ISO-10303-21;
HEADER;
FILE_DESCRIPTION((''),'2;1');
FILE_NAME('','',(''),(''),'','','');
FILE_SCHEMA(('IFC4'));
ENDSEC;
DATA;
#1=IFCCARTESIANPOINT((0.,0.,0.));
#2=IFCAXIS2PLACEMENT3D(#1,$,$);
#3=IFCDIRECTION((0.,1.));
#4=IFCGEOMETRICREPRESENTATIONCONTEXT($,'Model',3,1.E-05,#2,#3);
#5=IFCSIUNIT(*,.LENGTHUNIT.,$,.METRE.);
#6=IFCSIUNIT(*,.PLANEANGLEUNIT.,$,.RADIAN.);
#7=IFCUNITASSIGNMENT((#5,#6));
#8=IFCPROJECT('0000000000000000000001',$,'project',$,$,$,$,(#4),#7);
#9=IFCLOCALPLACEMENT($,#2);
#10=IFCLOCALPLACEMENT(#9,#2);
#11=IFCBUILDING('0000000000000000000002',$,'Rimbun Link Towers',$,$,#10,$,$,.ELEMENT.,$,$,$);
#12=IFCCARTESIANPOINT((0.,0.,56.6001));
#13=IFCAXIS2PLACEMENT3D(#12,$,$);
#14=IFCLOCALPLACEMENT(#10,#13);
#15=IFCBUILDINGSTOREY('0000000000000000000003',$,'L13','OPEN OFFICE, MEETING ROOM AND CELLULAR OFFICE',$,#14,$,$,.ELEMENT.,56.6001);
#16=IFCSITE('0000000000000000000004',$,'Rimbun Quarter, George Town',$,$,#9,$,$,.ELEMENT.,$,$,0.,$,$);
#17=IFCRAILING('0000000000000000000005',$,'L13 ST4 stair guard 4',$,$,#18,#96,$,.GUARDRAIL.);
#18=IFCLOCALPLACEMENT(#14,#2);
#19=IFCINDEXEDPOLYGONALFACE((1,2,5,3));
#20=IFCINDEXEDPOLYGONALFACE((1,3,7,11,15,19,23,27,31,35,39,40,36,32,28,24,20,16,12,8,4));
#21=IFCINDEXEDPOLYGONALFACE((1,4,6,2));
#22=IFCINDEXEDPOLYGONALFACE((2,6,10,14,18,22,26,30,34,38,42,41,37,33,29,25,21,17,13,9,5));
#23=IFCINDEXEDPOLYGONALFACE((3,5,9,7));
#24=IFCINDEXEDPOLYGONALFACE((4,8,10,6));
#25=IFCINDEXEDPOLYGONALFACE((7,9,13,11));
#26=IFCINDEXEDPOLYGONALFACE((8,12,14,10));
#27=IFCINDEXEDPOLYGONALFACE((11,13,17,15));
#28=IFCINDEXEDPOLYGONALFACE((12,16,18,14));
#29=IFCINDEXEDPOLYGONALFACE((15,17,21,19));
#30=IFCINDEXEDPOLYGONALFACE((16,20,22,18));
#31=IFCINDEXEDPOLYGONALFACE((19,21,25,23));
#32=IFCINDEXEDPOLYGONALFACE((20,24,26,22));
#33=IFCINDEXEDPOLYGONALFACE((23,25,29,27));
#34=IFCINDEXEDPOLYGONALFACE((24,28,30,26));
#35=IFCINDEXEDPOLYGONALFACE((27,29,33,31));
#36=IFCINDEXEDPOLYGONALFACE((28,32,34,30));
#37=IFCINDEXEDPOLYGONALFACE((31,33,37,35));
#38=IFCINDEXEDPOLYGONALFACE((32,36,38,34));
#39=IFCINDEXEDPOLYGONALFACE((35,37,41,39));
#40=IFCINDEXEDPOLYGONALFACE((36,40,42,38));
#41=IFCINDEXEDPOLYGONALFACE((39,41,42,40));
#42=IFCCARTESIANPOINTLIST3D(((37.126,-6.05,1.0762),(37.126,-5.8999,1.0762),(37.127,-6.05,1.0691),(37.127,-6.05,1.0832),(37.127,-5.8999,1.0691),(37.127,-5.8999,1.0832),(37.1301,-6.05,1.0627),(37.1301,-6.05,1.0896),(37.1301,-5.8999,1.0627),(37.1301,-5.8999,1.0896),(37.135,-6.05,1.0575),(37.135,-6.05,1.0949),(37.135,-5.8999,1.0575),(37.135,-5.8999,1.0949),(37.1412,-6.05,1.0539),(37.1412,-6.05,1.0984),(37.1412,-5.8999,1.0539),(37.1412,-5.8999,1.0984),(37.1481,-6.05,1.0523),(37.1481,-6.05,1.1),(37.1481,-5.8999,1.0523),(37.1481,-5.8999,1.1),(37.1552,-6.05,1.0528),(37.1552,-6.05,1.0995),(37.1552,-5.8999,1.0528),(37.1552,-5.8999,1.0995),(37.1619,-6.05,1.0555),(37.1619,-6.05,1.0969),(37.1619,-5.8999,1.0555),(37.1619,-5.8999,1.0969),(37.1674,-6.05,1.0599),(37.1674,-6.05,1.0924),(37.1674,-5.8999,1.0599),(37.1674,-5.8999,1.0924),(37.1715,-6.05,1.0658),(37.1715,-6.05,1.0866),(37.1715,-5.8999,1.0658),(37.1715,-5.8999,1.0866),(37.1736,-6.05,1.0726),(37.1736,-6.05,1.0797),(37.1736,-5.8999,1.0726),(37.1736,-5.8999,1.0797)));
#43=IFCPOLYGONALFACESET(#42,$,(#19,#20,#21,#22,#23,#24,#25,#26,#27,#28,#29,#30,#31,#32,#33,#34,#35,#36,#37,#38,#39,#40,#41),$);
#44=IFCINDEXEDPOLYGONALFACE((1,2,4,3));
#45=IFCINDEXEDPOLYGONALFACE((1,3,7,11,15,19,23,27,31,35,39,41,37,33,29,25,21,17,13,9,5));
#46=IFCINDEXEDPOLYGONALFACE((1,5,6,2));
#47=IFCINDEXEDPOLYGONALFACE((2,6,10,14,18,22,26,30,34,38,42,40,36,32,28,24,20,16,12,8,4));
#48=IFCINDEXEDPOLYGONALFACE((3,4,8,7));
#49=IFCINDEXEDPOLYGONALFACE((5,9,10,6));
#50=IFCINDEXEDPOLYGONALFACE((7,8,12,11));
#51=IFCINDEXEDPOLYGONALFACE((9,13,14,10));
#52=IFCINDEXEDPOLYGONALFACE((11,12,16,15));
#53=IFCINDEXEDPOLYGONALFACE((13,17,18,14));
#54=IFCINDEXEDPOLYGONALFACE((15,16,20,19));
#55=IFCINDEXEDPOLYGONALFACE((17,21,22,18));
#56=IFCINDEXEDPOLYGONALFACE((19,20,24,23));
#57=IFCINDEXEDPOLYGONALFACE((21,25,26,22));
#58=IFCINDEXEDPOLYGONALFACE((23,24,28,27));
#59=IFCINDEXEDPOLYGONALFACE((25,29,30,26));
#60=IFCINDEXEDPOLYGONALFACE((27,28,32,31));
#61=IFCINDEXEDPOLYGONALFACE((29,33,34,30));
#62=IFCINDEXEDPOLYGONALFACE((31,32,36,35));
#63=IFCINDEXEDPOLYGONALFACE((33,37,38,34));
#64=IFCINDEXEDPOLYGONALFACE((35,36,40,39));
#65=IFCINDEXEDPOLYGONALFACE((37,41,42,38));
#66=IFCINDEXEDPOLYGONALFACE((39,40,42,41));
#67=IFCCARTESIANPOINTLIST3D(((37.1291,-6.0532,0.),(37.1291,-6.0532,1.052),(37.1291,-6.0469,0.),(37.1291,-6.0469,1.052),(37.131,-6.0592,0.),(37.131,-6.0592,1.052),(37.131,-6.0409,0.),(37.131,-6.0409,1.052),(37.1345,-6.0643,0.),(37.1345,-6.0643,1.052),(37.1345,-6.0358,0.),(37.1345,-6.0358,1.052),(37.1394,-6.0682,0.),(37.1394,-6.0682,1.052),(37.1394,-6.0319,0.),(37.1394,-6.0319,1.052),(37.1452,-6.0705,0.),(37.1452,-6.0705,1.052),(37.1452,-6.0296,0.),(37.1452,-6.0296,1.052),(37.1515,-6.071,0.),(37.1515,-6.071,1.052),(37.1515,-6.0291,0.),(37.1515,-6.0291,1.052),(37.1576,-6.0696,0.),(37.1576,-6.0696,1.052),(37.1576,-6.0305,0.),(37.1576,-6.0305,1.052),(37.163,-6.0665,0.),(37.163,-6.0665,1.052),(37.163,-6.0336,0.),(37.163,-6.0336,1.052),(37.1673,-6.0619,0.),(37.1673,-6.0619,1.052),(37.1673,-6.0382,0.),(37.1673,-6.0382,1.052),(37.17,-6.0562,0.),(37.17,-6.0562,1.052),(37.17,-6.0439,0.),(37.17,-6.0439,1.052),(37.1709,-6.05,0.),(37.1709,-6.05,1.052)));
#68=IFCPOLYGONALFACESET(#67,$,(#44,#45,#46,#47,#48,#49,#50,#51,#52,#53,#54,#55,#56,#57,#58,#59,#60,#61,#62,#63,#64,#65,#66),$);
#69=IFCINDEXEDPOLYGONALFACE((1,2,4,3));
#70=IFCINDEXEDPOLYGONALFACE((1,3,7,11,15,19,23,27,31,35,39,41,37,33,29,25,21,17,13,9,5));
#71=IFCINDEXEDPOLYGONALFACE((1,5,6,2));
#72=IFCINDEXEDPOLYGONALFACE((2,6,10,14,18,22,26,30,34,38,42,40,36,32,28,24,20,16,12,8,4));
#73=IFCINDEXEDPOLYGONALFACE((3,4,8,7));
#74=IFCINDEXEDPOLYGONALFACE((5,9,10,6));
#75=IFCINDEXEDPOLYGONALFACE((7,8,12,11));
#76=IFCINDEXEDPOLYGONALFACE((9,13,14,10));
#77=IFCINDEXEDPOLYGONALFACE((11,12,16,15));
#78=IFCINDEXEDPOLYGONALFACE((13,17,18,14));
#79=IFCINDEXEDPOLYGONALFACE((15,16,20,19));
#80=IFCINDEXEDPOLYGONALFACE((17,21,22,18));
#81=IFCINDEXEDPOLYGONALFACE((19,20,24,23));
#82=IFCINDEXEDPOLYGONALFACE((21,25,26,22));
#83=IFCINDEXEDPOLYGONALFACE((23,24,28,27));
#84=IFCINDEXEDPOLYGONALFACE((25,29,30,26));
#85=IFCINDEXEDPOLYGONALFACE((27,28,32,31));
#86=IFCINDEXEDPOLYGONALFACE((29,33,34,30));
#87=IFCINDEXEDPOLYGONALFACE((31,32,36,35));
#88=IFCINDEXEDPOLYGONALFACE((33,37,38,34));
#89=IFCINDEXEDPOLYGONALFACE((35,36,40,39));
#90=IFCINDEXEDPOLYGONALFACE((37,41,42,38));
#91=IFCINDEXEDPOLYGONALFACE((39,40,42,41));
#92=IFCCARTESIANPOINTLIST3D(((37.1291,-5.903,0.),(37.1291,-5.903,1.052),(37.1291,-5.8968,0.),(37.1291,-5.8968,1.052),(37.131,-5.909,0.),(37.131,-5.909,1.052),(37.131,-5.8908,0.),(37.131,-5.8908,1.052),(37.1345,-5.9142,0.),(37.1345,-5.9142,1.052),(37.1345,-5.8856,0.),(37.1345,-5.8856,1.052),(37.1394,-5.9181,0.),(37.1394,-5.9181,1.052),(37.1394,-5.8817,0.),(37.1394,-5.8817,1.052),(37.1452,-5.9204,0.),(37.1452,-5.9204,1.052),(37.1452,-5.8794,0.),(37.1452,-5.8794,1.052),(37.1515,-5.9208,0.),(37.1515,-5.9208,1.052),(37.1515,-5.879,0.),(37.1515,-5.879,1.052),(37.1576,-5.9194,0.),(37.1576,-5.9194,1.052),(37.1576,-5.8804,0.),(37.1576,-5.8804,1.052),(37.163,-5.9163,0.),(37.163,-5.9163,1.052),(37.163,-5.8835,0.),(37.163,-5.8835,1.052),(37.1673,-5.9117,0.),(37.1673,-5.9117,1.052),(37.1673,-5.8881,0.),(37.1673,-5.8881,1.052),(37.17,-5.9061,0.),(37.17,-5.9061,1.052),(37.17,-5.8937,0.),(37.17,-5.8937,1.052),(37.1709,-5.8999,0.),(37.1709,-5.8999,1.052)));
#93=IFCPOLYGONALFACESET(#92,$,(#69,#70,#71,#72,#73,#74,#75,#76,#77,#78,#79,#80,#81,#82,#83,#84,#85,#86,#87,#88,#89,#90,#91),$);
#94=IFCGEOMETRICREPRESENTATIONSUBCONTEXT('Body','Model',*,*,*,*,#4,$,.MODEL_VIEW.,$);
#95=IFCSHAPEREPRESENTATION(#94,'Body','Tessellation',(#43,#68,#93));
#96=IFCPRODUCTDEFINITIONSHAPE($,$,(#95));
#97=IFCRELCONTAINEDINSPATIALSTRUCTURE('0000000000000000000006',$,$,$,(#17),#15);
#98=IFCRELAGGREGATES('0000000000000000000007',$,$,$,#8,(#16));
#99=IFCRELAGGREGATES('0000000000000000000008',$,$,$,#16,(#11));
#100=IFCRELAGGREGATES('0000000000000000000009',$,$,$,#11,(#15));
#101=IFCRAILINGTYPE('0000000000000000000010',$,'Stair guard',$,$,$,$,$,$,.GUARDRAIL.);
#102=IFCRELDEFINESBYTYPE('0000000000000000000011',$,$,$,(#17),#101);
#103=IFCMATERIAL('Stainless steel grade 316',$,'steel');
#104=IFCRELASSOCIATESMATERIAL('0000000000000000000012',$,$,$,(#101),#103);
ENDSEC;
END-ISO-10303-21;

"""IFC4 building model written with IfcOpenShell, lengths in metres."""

from ifc_helpers import new_model, si_unit, direction, frame, origin, origin_2d, place, context, subcontext, project, spatial, circle, extrude, material, type_object, element, save


model = new_model("IFC4")

# Units and contexts
model_context = context("Model", 3, precision=1e-05, world=origin(), true_north=direction((0.0, 1.0)))
body_context = subcontext(model_context, "Body", "Model", "MODEL_VIEW")
ifc_project = project(units=[si_unit("LENGTHUNIT", "METRE"), si_unit("PLANEANGLEUNIT", "RADIAN")], contexts=[model_context])

# Site, building, storey
site_placement = place(None, origin())
site = spatial("IfcSite", under=ifc_project, at=site_placement, Name="Rimbun Quarter, George Town", CompositionType="ELEMENT", RefElevation=0.0)
building_placement = place(site_placement, origin())
building = spatial("IfcBuilding", under=site, at=building_placement, Name="Rimbun Link Towers", CompositionType="ELEMENT")
storey_placement = place(building_placement, frame((0.0, 0.0, 56.6001)))
storey = spatial("IfcBuildingStorey", under=building, at=storey_placement, Name="L13", Description="OPEN OFFICE, MEETING ROOM AND CELLULAR OFFICE", CompositionType="ELEMENT", Elevation=56.6001)

# Railing
ifc_material_1 = material(Name="Stainless steel grade 316", Category="steel")
railing_type_1 = type_object("IfcRailingType", Name="Stair guard", PredefinedType="GUARDRAIL", material=ifc_material_1)
railing_1_placement = place(storey_placement, frame((37.1499, -6.05, 0.0)))
element("IfcRailing", 1, at=railing_1_placement, inside=storey, type_object=railing_type_1, Name="L13 ST4 stair guard 4", PredefinedType="GUARDRAIL", context=body_context, shape_type="SweptSolid", body=[
    extrude(circle(Radius=0.0239, at=origin_2d()), frame((0.0, 0.0, 1.0762), z_axis=(0.0, 1.0, 0.0), x_axis=(-1.0, 0.0, 0.0)), (0.0, 0.0, 1.0), 0.1501),
    extrude(circle(Radius=0.021, at=origin_2d()), origin(), (0.0, 0.0, 1.0), 1.052),
    extrude(circle(Radius=0.021, at=origin_2d()), frame((0.0, 0.1501, 0.0)), (0.0, 0.0, 1.0), 1.052),
])

save(model, "model.ifc")
